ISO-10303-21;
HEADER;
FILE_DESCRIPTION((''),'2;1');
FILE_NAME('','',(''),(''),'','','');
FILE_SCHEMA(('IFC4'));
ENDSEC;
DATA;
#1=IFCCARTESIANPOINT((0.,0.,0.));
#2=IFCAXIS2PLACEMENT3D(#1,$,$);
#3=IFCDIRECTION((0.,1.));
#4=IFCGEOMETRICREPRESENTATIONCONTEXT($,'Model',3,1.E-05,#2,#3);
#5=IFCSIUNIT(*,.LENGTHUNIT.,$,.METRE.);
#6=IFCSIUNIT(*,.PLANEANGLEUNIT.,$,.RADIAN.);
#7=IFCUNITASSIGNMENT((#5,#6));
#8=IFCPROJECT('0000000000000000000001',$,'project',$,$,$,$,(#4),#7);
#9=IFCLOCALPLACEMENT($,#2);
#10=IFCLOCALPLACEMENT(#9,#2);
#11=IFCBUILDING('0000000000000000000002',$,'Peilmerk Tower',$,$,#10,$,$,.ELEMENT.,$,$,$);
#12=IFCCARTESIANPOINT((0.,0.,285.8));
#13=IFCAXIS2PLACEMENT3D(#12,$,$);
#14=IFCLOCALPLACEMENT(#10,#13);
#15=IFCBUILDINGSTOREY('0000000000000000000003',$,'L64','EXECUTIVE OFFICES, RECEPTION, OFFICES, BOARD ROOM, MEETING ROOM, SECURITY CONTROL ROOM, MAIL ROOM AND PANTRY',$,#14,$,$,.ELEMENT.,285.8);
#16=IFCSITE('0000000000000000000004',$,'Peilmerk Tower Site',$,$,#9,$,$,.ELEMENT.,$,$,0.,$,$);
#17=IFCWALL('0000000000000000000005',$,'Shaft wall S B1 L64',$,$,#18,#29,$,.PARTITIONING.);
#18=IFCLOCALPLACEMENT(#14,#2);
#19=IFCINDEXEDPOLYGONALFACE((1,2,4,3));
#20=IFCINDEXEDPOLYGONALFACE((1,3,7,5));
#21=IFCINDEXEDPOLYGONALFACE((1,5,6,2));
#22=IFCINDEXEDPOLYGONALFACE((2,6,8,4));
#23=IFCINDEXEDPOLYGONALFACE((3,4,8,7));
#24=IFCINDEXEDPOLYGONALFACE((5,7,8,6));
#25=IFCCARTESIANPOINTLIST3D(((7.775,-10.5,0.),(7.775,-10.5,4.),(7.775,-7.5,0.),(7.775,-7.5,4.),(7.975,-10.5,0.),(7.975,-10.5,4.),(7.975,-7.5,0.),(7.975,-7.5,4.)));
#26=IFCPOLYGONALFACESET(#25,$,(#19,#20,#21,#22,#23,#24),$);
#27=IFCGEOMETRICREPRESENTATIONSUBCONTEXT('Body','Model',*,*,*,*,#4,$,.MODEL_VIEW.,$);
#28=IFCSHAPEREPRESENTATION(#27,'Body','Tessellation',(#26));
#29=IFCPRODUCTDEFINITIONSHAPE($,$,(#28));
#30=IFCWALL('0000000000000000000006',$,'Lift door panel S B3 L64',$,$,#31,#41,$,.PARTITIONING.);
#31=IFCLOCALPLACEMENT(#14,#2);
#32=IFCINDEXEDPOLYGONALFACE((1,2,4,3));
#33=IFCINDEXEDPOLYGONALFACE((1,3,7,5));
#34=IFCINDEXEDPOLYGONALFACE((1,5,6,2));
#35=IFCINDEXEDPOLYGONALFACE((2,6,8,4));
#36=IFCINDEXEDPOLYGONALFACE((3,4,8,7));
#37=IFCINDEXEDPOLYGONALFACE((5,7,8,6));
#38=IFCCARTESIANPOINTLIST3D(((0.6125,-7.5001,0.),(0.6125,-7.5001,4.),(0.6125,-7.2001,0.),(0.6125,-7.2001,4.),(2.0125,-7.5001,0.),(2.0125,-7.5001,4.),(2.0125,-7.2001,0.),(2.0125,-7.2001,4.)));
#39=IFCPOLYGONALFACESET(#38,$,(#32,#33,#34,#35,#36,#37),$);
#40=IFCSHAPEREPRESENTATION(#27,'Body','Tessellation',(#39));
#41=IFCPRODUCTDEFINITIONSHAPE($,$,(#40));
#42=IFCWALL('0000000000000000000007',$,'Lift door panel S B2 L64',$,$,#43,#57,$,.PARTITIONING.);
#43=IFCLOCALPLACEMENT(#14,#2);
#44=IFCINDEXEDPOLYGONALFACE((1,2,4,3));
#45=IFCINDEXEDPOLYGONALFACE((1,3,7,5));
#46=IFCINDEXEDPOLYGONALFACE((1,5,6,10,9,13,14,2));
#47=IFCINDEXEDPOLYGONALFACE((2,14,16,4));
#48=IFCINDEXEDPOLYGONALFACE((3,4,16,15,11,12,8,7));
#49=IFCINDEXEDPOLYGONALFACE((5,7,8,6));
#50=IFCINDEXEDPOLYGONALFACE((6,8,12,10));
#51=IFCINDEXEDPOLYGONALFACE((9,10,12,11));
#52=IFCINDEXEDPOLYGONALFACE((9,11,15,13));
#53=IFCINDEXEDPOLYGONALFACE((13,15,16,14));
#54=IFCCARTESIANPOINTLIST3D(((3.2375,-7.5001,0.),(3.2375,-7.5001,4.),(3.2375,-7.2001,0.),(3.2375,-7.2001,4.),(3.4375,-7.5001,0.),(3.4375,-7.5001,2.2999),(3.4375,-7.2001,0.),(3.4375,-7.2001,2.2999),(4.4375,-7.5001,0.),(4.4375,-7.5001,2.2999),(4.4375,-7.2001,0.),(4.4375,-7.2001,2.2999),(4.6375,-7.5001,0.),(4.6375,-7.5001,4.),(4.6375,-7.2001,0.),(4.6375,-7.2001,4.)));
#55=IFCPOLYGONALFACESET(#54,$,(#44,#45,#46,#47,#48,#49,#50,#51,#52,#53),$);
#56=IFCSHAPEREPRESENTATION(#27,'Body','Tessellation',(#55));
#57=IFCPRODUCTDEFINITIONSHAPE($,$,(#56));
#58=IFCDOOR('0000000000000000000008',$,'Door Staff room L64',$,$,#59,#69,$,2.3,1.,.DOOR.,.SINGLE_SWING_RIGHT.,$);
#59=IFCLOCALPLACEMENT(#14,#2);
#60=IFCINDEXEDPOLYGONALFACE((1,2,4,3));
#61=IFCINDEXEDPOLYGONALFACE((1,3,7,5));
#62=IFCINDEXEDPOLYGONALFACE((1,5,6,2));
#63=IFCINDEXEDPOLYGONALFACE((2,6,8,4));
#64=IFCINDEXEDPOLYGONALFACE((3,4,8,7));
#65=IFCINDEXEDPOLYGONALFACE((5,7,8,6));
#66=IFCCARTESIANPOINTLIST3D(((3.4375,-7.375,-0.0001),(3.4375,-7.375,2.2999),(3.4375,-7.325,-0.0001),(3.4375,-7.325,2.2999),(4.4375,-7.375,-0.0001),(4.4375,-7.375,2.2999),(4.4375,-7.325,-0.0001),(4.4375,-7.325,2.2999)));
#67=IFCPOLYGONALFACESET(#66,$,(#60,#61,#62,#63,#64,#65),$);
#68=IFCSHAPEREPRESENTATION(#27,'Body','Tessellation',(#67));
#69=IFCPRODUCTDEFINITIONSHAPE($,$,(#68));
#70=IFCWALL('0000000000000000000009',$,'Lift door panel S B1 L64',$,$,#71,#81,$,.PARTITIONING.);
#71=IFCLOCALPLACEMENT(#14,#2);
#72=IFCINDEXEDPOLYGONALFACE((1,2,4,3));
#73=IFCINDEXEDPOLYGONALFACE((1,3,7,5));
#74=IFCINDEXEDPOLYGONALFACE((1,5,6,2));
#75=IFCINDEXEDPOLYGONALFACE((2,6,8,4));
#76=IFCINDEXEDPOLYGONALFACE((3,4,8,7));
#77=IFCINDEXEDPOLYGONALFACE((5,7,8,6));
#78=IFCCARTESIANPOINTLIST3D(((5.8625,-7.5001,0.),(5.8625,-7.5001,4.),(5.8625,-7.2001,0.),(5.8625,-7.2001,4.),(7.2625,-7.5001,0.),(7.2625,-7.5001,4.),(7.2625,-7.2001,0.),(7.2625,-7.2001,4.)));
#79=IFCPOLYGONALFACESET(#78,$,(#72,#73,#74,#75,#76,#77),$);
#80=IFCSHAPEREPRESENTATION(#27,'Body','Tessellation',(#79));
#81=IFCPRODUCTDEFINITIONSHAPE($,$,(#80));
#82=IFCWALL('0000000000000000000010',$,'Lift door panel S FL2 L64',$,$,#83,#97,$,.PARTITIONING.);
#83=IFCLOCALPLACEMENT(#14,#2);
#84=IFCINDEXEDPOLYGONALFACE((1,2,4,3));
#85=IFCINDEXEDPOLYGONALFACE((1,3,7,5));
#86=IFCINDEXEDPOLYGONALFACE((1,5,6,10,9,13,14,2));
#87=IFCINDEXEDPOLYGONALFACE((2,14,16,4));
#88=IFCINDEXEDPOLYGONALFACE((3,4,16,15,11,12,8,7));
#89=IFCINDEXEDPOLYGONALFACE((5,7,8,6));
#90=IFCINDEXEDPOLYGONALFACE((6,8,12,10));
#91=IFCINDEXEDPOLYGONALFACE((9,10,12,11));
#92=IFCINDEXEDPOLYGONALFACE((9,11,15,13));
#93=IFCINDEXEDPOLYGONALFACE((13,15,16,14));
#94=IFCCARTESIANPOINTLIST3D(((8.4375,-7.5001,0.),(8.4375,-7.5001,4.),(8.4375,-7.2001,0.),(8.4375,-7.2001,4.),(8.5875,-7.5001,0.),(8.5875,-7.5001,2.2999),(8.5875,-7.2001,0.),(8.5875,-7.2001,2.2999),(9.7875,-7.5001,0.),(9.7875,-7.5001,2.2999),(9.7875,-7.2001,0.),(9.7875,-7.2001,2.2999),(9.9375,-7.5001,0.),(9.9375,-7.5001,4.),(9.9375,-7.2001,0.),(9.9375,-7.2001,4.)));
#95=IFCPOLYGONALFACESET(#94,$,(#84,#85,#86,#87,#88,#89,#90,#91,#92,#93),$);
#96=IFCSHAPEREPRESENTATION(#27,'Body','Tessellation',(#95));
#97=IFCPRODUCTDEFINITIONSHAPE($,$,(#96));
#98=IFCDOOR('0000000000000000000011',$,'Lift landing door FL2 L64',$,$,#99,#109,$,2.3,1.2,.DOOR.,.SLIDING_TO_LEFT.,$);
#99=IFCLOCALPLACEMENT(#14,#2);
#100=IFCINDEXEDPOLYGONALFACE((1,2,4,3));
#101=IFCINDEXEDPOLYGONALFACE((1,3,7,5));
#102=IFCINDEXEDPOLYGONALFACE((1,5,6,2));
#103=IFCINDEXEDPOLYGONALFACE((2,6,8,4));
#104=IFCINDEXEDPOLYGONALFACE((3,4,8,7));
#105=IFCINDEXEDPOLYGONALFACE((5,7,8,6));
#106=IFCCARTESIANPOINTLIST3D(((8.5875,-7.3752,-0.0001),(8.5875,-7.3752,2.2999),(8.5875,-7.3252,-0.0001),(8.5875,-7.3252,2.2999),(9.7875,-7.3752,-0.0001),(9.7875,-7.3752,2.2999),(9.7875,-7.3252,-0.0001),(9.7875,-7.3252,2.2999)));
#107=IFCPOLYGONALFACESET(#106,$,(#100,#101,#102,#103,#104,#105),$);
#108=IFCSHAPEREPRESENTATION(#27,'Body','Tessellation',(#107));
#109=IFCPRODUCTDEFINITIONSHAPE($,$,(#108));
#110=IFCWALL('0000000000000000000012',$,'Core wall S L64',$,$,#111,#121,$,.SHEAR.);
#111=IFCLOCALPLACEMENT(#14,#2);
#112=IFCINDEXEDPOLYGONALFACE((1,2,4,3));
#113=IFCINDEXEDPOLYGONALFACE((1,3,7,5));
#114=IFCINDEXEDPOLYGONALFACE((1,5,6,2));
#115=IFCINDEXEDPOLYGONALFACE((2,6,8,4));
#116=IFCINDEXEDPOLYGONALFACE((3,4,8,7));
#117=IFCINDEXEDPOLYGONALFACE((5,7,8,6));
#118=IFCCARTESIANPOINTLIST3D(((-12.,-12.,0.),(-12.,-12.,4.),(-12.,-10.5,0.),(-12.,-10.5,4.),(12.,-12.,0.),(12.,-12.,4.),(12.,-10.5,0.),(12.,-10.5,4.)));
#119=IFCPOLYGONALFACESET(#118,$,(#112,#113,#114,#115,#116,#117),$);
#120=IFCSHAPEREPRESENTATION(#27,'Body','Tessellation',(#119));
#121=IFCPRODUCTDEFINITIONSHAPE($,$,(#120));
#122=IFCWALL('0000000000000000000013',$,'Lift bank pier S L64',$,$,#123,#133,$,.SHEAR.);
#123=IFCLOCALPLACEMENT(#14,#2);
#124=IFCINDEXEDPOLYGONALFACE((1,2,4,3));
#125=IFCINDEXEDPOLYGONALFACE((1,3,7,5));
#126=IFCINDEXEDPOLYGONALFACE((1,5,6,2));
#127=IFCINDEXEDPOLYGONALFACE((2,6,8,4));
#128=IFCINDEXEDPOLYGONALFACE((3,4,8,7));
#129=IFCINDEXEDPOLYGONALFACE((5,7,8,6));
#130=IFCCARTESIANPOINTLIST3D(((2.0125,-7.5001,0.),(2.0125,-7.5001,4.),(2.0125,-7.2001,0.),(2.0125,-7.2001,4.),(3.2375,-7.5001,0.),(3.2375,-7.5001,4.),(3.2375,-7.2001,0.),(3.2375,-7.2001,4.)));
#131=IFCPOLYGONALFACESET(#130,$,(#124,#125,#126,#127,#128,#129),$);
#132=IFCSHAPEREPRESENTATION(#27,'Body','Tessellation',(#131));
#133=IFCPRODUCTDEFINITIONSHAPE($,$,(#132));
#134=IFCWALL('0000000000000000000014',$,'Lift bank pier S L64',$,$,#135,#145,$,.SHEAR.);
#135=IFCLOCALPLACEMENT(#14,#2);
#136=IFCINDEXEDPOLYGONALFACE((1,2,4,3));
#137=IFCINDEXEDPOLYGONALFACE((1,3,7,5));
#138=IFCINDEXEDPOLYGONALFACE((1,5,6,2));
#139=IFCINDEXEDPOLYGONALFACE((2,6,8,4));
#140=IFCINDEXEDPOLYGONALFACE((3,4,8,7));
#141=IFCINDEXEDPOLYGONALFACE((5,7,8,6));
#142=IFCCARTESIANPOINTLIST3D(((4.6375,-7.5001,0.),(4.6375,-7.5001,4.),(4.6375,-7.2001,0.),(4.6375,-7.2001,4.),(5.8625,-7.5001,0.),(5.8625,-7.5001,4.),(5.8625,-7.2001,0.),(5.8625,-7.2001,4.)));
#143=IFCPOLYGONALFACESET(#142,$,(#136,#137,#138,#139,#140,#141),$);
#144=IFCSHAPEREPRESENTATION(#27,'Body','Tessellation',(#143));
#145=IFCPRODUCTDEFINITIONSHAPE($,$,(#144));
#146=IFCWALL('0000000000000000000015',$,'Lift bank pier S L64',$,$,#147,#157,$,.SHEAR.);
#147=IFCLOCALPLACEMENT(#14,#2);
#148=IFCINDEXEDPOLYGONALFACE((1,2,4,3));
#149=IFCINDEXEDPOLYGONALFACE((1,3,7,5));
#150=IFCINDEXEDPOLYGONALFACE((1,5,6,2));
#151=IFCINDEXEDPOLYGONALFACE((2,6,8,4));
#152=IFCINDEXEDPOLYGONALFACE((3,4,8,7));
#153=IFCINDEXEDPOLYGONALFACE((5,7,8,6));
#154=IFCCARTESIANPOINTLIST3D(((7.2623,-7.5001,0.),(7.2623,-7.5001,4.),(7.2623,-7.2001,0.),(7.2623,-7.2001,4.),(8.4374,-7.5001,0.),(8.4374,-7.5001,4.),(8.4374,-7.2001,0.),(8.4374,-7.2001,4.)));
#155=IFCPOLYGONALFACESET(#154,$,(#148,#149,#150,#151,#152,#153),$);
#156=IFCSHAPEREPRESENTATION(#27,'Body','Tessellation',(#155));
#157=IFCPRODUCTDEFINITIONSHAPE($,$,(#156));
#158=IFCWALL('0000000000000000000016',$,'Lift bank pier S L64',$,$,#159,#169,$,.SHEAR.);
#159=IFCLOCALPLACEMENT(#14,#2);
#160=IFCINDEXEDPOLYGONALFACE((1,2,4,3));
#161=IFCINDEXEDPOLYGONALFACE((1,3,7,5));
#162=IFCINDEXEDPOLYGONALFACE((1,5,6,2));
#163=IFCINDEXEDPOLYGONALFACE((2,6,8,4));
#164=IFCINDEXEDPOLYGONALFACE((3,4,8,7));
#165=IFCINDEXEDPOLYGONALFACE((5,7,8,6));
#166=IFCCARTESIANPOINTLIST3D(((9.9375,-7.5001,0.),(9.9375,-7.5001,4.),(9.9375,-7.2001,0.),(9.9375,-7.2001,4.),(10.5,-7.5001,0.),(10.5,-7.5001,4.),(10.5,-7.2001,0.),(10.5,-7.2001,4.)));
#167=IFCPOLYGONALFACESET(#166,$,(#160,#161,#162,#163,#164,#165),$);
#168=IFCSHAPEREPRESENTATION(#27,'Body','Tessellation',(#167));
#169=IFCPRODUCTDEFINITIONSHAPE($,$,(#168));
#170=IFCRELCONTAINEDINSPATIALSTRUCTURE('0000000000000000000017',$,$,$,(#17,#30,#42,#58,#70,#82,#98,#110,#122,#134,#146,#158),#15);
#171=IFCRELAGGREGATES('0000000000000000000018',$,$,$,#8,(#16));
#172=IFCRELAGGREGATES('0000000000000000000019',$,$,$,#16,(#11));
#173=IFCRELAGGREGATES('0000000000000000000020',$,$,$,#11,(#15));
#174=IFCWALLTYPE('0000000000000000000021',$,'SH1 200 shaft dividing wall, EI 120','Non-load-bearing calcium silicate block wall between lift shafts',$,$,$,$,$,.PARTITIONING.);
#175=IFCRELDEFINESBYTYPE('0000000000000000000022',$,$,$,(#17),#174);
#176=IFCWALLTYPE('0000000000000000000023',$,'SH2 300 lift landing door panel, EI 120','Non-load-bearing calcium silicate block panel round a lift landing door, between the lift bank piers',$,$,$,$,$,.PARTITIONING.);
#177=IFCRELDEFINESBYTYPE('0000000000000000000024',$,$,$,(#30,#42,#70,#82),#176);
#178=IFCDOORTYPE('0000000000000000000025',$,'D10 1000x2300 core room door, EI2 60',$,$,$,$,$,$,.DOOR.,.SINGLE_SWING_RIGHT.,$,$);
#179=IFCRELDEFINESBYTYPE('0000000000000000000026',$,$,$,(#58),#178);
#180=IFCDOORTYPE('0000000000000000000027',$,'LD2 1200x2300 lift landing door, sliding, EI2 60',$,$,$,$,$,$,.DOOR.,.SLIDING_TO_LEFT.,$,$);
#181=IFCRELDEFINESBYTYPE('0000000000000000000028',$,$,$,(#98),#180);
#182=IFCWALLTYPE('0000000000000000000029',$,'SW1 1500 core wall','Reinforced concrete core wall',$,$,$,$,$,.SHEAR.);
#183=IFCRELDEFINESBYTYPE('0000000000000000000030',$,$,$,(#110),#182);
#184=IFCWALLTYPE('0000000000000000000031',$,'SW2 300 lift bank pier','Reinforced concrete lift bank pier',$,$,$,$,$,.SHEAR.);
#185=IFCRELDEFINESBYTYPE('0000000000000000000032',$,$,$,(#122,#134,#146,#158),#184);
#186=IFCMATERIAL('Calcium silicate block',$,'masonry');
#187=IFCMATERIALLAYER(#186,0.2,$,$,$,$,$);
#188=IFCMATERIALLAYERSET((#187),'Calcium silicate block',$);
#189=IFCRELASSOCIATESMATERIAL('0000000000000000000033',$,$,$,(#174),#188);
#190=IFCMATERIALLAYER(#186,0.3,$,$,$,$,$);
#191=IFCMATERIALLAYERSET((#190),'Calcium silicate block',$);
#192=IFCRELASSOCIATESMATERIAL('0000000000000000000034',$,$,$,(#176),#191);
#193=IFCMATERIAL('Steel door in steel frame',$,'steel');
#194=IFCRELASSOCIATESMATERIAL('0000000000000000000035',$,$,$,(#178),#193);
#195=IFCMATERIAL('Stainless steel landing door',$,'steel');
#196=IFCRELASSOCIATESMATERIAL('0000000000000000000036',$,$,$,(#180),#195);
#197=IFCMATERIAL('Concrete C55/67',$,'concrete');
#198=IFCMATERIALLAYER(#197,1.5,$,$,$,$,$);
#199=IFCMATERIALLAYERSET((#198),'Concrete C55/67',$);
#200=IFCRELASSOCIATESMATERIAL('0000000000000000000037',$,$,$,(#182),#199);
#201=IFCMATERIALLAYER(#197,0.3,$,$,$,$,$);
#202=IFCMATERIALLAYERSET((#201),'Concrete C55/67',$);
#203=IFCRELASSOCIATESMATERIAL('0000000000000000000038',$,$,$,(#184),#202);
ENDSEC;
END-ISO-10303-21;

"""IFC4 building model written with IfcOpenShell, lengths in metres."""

from ifc_helpers import new_model, si_unit, direction, frame, frame_2d, origin, place, context, subcontext, project, spatial, rectangle, extrude, material, layer, layer_set, type_object, element, fill, save


model = new_model("IFC4")

# Units and contexts
model_context = context("Model", 3, precision=1e-05, world=origin(), true_north=direction((0.0, 1.0)))
body_context = subcontext(model_context, "Body", "Model", "MODEL_VIEW")
ifc_project = project(units=[si_unit("LENGTHUNIT", "METRE"), si_unit("PLANEANGLEUNIT", "RADIAN")], contexts=[model_context])

# Site, building, storey
site_placement = place(None, origin())
site = spatial("IfcSite", under=ifc_project, at=site_placement, Name="Peilmerk Tower Site", CompositionType="ELEMENT", RefElevation=0.0)
building_placement = place(site_placement, origin())
building = spatial("IfcBuilding", under=site, at=building_placement, Name="Peilmerk Tower", CompositionType="ELEMENT")
storey_placement = place(building_placement, frame((0.0, 0.0, 285.8)))
storey = spatial("IfcBuildingStorey", under=building, at=storey_placement, Name="L64", Description="EXECUTIVE OFFICES, RECEPTION, OFFICES, BOARD ROOM, MEETING ROOM, SECURITY CONTROL ROOM, MAIL ROOM AND PANTRY", CompositionType="ELEMENT", Elevation=285.8)

# Shared definitions
ifc_material_1 = material(Name="Calcium silicate block", Category="masonry")

# Walls
ifc_layer_1 = layer(ifc_material_1, 0.2)
ifc_layer_set_1 = layer_set([ifc_layer_1], Name="Calcium silicate block")
wall_type_1 = type_object("IfcWallType", Name="SH1 200 shaft dividing wall, EI 120", Description="Non-load-bearing calcium silicate block wall between lift shafts", PredefinedType="PARTITIONING", material=ifc_layer_set_1)
wall_1_placement = place(storey_placement, frame((7.875, -10.5, 0.0), z_axis=(0.0, 0.0, 1.0), x_axis=(0.0, 1.0, 0.0)))
element("IfcWall", 1, at=wall_1_placement, inside=storey, type_object=wall_type_1, Name="Shaft wall S B1 L64", PredefinedType="PARTITIONING", context=body_context, shape_type="SweptSolid", body=[
    extrude(rectangle(XDim=3.0, YDim=0.2, at=frame_2d((1.5, 0.0))), origin(), (0.0, 0.0, 1.0), 4.0),
])
ifc_layer_2 = layer(ifc_material_1, 0.3)
ifc_layer_set_2 = layer_set([ifc_layer_2], Name="Calcium silicate block")
wall_type_2 = type_object("IfcWallType", Name="SH2 300 lift landing door panel, EI 120", Description="Non-load-bearing calcium silicate block panel round a lift landing door, between the lift bank piers", PredefinedType="PARTITIONING", material=ifc_layer_set_2)
wall_2_placement = place(storey_placement, frame((0.6125, -7.3501, 0.0), z_axis=(0.0, 0.0, 1.0), x_axis=(1.0, 0.0, 0.0)))
element("IfcWall", 2, at=wall_2_placement, inside=storey, type_object=wall_type_2, Name="Lift door panel S B3 L64", PredefinedType="PARTITIONING", context=body_context, shape_type="SweptSolid", body=[
    extrude(rectangle(XDim=1.3999, YDim=0.3, at=frame_2d((0.7, 0.0))), origin(), (0.0, 0.0, 1.0), 4.0),
])

# Wall, opening, door
wall_3_placement = place(storey_placement, frame((3.2375, -7.3501, 0.0), z_axis=(0.0, 0.0, 1.0), x_axis=(1.0, 0.0, 0.0)))
wall_3 = element("IfcWall", 3, at=wall_3_placement, inside=storey, type_object=wall_type_2, Name="Lift door panel S B2 L64", PredefinedType="PARTITIONING", context=body_context, shape_type="SweptSolid", body=[
    extrude(rectangle(XDim=1.3999, YDim=0.3, at=frame_2d((0.7, 0.0))), origin(), (0.0, 0.0, 1.0), 4.0),
])
opening_1_placement = place(wall_3_placement, frame((0.2, 0.0, 0.0)))
opening_1 = element("IfcOpeningElement", 4, at=opening_1_placement, cuts=wall_3, PredefinedType="OPENING", context=body_context, shape_type="SweptSolid", body=[
    extrude(rectangle(XDim=1.0, YDim=2.3, at=frame_2d((0.5, 1.1499))), frame((0.0, 0.1599, 0.0), z_axis=(0.0, -1.0, 0.0), x_axis=(1.0, 0.0, 0.0)), (0.0, 0.0, 1.0), 0.3201),
])
ifc_material_2 = material(Name="Steel door in steel frame", Category="steel")
door_type_1 = type_object("IfcDoorType", Name="D10 1000x2300 core room door, EI2 60", OperationType="SINGLE_SWING_RIGHT", PredefinedType="DOOR", material=ifc_material_2)
door_1_placement = place(opening_1_placement, frame((1.0, 0.0, 0.0), z_axis=(0.0, 0.0, 1.0), x_axis=(-1.0, 0.0, 0.0)))
door_1 = element("IfcDoor", 5, at=door_1_placement, inside=storey, type_object=door_type_1, Name="Door Staff room L64", OperationType="SINGLE_SWING_RIGHT", OverallHeight=2.3, OverallWidth=1.0, PredefinedType="DOOR", context=body_context, shape_type="SweptSolid", body=[
    extrude(rectangle(XDim=1.0, YDim=2.3, at=frame_2d((0.5, 1.1499))), frame((0.0, 0.0249, 0.0), z_axis=(0.0, -1.0, 0.0), x_axis=(1.0, 0.0, 0.0)), (0.0, 0.0, 1.0), 0.05),
])
fill(opening_1, door_1)

# Wall
wall_4_placement = place(storey_placement, frame((5.8625, -7.3501, 0.0), z_axis=(0.0, 0.0, 1.0), x_axis=(1.0, 0.0, 0.0)))
element("IfcWall", 6, at=wall_4_placement, inside=storey, type_object=wall_type_2, Name="Lift door panel S B1 L64", PredefinedType="PARTITIONING", context=body_context, shape_type="SweptSolid", body=[
    extrude(rectangle(XDim=1.3999, YDim=0.3, at=frame_2d((0.7, 0.0))), origin(), (0.0, 0.0, 1.0), 4.0),
])

# Wall, opening, door
wall_5_placement = place(storey_placement, frame((8.4375, -7.3501, 0.0), z_axis=(0.0, 0.0, 1.0), x_axis=(1.0, 0.0, 0.0)))
wall_5 = element("IfcWall", 7, at=wall_5_placement, inside=storey, type_object=wall_type_2, Name="Lift door panel S FL2 L64", PredefinedType="PARTITIONING", context=body_context, shape_type="SweptSolid", body=[
    extrude(rectangle(XDim=1.5, YDim=0.3, at=frame_2d((0.75, 0.0))), origin(), (0.0, 0.0, 1.0), 4.0),
])
opening_2_placement = place(wall_5_placement, frame((0.1499, 0.0, 0.0)))
opening_2 = element("IfcOpeningElement", 8, at=opening_2_placement, cuts=wall_5, PredefinedType="OPENING", context=body_context, shape_type="SweptSolid", body=[
    extrude(rectangle(XDim=1.2, YDim=2.3, at=frame_2d((0.6001, 1.1499))), frame((0.0, 0.1599, 0.0), z_axis=(0.0, -1.0, 0.0), x_axis=(1.0, 0.0, 0.0)), (0.0, 0.0, 1.0), 0.3201),
])
ifc_material_3 = material(Name="Stainless steel landing door", Category="steel")
door_type_2 = type_object("IfcDoorType", Name="LD2 1200x2300 lift landing door, sliding, EI2 60", OperationType="SLIDING_TO_LEFT", PredefinedType="DOOR", material=ifc_material_3)
door_2_placement = place(opening_2_placement, origin())
door_2 = element("IfcDoor", 9, at=door_2_placement, inside=storey, type_object=door_type_2, Name="Lift landing door FL2 L64", OperationType="SLIDING_TO_LEFT", OverallHeight=2.3, OverallWidth=1.2, PredefinedType="DOOR", context=body_context, shape_type="SweptSolid", body=[
    extrude(rectangle(XDim=1.2, YDim=2.3, at=frame_2d((0.6001, 1.1499))), frame((0.0, 0.0249, 0.0), z_axis=(0.0, -1.0, 0.0), x_axis=(1.0, 0.0, 0.0)), (0.0, 0.0, 1.0), 0.05),
])
fill(opening_2, door_2)

# Walls
ifc_material_4 = material(Name="Concrete C55/67", Category="concrete")
ifc_layer_3 = layer(ifc_material_4, 1.5)
ifc_layer_set_3 = layer_set([ifc_layer_3], Name="Concrete C55/67")
wall_type_3 = type_object("IfcWallType", Name="SW1 1500 core wall", Description="Reinforced concrete core wall", PredefinedType="SHEAR", material=ifc_layer_set_3)
wall_6_placement = place(storey_placement, frame((12.0, -11.25, 0.0), z_axis=(0.0, 0.0, 1.0), x_axis=(-1.0, 0.0, 0.0)))
element("IfcWall", 10, at=wall_6_placement, inside=storey, type_object=wall_type_3, Name="Core wall S L64", PredefinedType="SHEAR", context=body_context, shape_type="SweptSolid", body=[
    extrude(rectangle(XDim=24.0, YDim=1.5, at=frame_2d((12.0, 0.0))), origin(), (0.0, 0.0, 1.0), 4.0),
])
ifc_layer_4 = layer(ifc_material_4, 0.3)
ifc_layer_set_4 = layer_set([ifc_layer_4], Name="Concrete C55/67")
wall_type_4 = type_object("IfcWallType", Name="SW2 300 lift bank pier", Description="Reinforced concrete lift bank pier", PredefinedType="SHEAR", material=ifc_layer_set_4)
for number, where, z_axis, x_axis, name in (
    (11, (2.0125, -7.3501, 0.0), (0.0, 0.0, 1.0), (1.0, 0.0, 0.0), "Lift bank pier S L64"),
    (12, (4.6375, -7.3501, 0.0), (0.0, 0.0, 1.0), (1.0, 0.0, 0.0), "Lift bank pier S L64"),
):
    element("IfcWall", number, at=place(storey_placement, frame(where, z_axis=z_axis, x_axis=x_axis)), inside=storey, type_object=wall_type_4, Name=name, PredefinedType="SHEAR", context=body_context, shape_type="SweptSolid", body=[
        extrude(rectangle(XDim=1.2251, YDim=0.3, at=frame_2d((0.6125, 0.0))), origin(), (0.0, 0.0, 1.0), 4.0),
    ])
wall_7_placement = place(storey_placement, frame((7.2625, -7.3501, 0.0), z_axis=(0.0, 0.0, 1.0), x_axis=(1.0, 0.0, 0.0)))
element("IfcWall", 13, at=wall_7_placement, inside=storey, type_object=wall_type_4, Name="Lift bank pier S L64", PredefinedType="SHEAR", context=body_context, shape_type="SweptSolid", body=[
    extrude(rectangle(XDim=1.175, YDim=0.3, at=frame_2d((0.5874, 0.0))), origin(), (0.0, 0.0, 1.0), 4.0),
])
wall_8_placement = place(storey_placement, frame((9.9375, -7.3501, 0.0), z_axis=(0.0, 0.0, 1.0), x_axis=(1.0, 0.0, 0.0)))
element("IfcWall", 14, at=wall_8_placement, inside=storey, type_object=wall_type_4, Name="Lift bank pier S L64", PredefinedType="SHEAR", context=body_context, shape_type="SweptSolid", body=[
    extrude(rectangle(XDim=0.5625, YDim=0.3, at=frame_2d((0.2812, 0.0))), origin(), (0.0, 0.0, 1.0), 4.0),
])

save(model, "model.ifc")
